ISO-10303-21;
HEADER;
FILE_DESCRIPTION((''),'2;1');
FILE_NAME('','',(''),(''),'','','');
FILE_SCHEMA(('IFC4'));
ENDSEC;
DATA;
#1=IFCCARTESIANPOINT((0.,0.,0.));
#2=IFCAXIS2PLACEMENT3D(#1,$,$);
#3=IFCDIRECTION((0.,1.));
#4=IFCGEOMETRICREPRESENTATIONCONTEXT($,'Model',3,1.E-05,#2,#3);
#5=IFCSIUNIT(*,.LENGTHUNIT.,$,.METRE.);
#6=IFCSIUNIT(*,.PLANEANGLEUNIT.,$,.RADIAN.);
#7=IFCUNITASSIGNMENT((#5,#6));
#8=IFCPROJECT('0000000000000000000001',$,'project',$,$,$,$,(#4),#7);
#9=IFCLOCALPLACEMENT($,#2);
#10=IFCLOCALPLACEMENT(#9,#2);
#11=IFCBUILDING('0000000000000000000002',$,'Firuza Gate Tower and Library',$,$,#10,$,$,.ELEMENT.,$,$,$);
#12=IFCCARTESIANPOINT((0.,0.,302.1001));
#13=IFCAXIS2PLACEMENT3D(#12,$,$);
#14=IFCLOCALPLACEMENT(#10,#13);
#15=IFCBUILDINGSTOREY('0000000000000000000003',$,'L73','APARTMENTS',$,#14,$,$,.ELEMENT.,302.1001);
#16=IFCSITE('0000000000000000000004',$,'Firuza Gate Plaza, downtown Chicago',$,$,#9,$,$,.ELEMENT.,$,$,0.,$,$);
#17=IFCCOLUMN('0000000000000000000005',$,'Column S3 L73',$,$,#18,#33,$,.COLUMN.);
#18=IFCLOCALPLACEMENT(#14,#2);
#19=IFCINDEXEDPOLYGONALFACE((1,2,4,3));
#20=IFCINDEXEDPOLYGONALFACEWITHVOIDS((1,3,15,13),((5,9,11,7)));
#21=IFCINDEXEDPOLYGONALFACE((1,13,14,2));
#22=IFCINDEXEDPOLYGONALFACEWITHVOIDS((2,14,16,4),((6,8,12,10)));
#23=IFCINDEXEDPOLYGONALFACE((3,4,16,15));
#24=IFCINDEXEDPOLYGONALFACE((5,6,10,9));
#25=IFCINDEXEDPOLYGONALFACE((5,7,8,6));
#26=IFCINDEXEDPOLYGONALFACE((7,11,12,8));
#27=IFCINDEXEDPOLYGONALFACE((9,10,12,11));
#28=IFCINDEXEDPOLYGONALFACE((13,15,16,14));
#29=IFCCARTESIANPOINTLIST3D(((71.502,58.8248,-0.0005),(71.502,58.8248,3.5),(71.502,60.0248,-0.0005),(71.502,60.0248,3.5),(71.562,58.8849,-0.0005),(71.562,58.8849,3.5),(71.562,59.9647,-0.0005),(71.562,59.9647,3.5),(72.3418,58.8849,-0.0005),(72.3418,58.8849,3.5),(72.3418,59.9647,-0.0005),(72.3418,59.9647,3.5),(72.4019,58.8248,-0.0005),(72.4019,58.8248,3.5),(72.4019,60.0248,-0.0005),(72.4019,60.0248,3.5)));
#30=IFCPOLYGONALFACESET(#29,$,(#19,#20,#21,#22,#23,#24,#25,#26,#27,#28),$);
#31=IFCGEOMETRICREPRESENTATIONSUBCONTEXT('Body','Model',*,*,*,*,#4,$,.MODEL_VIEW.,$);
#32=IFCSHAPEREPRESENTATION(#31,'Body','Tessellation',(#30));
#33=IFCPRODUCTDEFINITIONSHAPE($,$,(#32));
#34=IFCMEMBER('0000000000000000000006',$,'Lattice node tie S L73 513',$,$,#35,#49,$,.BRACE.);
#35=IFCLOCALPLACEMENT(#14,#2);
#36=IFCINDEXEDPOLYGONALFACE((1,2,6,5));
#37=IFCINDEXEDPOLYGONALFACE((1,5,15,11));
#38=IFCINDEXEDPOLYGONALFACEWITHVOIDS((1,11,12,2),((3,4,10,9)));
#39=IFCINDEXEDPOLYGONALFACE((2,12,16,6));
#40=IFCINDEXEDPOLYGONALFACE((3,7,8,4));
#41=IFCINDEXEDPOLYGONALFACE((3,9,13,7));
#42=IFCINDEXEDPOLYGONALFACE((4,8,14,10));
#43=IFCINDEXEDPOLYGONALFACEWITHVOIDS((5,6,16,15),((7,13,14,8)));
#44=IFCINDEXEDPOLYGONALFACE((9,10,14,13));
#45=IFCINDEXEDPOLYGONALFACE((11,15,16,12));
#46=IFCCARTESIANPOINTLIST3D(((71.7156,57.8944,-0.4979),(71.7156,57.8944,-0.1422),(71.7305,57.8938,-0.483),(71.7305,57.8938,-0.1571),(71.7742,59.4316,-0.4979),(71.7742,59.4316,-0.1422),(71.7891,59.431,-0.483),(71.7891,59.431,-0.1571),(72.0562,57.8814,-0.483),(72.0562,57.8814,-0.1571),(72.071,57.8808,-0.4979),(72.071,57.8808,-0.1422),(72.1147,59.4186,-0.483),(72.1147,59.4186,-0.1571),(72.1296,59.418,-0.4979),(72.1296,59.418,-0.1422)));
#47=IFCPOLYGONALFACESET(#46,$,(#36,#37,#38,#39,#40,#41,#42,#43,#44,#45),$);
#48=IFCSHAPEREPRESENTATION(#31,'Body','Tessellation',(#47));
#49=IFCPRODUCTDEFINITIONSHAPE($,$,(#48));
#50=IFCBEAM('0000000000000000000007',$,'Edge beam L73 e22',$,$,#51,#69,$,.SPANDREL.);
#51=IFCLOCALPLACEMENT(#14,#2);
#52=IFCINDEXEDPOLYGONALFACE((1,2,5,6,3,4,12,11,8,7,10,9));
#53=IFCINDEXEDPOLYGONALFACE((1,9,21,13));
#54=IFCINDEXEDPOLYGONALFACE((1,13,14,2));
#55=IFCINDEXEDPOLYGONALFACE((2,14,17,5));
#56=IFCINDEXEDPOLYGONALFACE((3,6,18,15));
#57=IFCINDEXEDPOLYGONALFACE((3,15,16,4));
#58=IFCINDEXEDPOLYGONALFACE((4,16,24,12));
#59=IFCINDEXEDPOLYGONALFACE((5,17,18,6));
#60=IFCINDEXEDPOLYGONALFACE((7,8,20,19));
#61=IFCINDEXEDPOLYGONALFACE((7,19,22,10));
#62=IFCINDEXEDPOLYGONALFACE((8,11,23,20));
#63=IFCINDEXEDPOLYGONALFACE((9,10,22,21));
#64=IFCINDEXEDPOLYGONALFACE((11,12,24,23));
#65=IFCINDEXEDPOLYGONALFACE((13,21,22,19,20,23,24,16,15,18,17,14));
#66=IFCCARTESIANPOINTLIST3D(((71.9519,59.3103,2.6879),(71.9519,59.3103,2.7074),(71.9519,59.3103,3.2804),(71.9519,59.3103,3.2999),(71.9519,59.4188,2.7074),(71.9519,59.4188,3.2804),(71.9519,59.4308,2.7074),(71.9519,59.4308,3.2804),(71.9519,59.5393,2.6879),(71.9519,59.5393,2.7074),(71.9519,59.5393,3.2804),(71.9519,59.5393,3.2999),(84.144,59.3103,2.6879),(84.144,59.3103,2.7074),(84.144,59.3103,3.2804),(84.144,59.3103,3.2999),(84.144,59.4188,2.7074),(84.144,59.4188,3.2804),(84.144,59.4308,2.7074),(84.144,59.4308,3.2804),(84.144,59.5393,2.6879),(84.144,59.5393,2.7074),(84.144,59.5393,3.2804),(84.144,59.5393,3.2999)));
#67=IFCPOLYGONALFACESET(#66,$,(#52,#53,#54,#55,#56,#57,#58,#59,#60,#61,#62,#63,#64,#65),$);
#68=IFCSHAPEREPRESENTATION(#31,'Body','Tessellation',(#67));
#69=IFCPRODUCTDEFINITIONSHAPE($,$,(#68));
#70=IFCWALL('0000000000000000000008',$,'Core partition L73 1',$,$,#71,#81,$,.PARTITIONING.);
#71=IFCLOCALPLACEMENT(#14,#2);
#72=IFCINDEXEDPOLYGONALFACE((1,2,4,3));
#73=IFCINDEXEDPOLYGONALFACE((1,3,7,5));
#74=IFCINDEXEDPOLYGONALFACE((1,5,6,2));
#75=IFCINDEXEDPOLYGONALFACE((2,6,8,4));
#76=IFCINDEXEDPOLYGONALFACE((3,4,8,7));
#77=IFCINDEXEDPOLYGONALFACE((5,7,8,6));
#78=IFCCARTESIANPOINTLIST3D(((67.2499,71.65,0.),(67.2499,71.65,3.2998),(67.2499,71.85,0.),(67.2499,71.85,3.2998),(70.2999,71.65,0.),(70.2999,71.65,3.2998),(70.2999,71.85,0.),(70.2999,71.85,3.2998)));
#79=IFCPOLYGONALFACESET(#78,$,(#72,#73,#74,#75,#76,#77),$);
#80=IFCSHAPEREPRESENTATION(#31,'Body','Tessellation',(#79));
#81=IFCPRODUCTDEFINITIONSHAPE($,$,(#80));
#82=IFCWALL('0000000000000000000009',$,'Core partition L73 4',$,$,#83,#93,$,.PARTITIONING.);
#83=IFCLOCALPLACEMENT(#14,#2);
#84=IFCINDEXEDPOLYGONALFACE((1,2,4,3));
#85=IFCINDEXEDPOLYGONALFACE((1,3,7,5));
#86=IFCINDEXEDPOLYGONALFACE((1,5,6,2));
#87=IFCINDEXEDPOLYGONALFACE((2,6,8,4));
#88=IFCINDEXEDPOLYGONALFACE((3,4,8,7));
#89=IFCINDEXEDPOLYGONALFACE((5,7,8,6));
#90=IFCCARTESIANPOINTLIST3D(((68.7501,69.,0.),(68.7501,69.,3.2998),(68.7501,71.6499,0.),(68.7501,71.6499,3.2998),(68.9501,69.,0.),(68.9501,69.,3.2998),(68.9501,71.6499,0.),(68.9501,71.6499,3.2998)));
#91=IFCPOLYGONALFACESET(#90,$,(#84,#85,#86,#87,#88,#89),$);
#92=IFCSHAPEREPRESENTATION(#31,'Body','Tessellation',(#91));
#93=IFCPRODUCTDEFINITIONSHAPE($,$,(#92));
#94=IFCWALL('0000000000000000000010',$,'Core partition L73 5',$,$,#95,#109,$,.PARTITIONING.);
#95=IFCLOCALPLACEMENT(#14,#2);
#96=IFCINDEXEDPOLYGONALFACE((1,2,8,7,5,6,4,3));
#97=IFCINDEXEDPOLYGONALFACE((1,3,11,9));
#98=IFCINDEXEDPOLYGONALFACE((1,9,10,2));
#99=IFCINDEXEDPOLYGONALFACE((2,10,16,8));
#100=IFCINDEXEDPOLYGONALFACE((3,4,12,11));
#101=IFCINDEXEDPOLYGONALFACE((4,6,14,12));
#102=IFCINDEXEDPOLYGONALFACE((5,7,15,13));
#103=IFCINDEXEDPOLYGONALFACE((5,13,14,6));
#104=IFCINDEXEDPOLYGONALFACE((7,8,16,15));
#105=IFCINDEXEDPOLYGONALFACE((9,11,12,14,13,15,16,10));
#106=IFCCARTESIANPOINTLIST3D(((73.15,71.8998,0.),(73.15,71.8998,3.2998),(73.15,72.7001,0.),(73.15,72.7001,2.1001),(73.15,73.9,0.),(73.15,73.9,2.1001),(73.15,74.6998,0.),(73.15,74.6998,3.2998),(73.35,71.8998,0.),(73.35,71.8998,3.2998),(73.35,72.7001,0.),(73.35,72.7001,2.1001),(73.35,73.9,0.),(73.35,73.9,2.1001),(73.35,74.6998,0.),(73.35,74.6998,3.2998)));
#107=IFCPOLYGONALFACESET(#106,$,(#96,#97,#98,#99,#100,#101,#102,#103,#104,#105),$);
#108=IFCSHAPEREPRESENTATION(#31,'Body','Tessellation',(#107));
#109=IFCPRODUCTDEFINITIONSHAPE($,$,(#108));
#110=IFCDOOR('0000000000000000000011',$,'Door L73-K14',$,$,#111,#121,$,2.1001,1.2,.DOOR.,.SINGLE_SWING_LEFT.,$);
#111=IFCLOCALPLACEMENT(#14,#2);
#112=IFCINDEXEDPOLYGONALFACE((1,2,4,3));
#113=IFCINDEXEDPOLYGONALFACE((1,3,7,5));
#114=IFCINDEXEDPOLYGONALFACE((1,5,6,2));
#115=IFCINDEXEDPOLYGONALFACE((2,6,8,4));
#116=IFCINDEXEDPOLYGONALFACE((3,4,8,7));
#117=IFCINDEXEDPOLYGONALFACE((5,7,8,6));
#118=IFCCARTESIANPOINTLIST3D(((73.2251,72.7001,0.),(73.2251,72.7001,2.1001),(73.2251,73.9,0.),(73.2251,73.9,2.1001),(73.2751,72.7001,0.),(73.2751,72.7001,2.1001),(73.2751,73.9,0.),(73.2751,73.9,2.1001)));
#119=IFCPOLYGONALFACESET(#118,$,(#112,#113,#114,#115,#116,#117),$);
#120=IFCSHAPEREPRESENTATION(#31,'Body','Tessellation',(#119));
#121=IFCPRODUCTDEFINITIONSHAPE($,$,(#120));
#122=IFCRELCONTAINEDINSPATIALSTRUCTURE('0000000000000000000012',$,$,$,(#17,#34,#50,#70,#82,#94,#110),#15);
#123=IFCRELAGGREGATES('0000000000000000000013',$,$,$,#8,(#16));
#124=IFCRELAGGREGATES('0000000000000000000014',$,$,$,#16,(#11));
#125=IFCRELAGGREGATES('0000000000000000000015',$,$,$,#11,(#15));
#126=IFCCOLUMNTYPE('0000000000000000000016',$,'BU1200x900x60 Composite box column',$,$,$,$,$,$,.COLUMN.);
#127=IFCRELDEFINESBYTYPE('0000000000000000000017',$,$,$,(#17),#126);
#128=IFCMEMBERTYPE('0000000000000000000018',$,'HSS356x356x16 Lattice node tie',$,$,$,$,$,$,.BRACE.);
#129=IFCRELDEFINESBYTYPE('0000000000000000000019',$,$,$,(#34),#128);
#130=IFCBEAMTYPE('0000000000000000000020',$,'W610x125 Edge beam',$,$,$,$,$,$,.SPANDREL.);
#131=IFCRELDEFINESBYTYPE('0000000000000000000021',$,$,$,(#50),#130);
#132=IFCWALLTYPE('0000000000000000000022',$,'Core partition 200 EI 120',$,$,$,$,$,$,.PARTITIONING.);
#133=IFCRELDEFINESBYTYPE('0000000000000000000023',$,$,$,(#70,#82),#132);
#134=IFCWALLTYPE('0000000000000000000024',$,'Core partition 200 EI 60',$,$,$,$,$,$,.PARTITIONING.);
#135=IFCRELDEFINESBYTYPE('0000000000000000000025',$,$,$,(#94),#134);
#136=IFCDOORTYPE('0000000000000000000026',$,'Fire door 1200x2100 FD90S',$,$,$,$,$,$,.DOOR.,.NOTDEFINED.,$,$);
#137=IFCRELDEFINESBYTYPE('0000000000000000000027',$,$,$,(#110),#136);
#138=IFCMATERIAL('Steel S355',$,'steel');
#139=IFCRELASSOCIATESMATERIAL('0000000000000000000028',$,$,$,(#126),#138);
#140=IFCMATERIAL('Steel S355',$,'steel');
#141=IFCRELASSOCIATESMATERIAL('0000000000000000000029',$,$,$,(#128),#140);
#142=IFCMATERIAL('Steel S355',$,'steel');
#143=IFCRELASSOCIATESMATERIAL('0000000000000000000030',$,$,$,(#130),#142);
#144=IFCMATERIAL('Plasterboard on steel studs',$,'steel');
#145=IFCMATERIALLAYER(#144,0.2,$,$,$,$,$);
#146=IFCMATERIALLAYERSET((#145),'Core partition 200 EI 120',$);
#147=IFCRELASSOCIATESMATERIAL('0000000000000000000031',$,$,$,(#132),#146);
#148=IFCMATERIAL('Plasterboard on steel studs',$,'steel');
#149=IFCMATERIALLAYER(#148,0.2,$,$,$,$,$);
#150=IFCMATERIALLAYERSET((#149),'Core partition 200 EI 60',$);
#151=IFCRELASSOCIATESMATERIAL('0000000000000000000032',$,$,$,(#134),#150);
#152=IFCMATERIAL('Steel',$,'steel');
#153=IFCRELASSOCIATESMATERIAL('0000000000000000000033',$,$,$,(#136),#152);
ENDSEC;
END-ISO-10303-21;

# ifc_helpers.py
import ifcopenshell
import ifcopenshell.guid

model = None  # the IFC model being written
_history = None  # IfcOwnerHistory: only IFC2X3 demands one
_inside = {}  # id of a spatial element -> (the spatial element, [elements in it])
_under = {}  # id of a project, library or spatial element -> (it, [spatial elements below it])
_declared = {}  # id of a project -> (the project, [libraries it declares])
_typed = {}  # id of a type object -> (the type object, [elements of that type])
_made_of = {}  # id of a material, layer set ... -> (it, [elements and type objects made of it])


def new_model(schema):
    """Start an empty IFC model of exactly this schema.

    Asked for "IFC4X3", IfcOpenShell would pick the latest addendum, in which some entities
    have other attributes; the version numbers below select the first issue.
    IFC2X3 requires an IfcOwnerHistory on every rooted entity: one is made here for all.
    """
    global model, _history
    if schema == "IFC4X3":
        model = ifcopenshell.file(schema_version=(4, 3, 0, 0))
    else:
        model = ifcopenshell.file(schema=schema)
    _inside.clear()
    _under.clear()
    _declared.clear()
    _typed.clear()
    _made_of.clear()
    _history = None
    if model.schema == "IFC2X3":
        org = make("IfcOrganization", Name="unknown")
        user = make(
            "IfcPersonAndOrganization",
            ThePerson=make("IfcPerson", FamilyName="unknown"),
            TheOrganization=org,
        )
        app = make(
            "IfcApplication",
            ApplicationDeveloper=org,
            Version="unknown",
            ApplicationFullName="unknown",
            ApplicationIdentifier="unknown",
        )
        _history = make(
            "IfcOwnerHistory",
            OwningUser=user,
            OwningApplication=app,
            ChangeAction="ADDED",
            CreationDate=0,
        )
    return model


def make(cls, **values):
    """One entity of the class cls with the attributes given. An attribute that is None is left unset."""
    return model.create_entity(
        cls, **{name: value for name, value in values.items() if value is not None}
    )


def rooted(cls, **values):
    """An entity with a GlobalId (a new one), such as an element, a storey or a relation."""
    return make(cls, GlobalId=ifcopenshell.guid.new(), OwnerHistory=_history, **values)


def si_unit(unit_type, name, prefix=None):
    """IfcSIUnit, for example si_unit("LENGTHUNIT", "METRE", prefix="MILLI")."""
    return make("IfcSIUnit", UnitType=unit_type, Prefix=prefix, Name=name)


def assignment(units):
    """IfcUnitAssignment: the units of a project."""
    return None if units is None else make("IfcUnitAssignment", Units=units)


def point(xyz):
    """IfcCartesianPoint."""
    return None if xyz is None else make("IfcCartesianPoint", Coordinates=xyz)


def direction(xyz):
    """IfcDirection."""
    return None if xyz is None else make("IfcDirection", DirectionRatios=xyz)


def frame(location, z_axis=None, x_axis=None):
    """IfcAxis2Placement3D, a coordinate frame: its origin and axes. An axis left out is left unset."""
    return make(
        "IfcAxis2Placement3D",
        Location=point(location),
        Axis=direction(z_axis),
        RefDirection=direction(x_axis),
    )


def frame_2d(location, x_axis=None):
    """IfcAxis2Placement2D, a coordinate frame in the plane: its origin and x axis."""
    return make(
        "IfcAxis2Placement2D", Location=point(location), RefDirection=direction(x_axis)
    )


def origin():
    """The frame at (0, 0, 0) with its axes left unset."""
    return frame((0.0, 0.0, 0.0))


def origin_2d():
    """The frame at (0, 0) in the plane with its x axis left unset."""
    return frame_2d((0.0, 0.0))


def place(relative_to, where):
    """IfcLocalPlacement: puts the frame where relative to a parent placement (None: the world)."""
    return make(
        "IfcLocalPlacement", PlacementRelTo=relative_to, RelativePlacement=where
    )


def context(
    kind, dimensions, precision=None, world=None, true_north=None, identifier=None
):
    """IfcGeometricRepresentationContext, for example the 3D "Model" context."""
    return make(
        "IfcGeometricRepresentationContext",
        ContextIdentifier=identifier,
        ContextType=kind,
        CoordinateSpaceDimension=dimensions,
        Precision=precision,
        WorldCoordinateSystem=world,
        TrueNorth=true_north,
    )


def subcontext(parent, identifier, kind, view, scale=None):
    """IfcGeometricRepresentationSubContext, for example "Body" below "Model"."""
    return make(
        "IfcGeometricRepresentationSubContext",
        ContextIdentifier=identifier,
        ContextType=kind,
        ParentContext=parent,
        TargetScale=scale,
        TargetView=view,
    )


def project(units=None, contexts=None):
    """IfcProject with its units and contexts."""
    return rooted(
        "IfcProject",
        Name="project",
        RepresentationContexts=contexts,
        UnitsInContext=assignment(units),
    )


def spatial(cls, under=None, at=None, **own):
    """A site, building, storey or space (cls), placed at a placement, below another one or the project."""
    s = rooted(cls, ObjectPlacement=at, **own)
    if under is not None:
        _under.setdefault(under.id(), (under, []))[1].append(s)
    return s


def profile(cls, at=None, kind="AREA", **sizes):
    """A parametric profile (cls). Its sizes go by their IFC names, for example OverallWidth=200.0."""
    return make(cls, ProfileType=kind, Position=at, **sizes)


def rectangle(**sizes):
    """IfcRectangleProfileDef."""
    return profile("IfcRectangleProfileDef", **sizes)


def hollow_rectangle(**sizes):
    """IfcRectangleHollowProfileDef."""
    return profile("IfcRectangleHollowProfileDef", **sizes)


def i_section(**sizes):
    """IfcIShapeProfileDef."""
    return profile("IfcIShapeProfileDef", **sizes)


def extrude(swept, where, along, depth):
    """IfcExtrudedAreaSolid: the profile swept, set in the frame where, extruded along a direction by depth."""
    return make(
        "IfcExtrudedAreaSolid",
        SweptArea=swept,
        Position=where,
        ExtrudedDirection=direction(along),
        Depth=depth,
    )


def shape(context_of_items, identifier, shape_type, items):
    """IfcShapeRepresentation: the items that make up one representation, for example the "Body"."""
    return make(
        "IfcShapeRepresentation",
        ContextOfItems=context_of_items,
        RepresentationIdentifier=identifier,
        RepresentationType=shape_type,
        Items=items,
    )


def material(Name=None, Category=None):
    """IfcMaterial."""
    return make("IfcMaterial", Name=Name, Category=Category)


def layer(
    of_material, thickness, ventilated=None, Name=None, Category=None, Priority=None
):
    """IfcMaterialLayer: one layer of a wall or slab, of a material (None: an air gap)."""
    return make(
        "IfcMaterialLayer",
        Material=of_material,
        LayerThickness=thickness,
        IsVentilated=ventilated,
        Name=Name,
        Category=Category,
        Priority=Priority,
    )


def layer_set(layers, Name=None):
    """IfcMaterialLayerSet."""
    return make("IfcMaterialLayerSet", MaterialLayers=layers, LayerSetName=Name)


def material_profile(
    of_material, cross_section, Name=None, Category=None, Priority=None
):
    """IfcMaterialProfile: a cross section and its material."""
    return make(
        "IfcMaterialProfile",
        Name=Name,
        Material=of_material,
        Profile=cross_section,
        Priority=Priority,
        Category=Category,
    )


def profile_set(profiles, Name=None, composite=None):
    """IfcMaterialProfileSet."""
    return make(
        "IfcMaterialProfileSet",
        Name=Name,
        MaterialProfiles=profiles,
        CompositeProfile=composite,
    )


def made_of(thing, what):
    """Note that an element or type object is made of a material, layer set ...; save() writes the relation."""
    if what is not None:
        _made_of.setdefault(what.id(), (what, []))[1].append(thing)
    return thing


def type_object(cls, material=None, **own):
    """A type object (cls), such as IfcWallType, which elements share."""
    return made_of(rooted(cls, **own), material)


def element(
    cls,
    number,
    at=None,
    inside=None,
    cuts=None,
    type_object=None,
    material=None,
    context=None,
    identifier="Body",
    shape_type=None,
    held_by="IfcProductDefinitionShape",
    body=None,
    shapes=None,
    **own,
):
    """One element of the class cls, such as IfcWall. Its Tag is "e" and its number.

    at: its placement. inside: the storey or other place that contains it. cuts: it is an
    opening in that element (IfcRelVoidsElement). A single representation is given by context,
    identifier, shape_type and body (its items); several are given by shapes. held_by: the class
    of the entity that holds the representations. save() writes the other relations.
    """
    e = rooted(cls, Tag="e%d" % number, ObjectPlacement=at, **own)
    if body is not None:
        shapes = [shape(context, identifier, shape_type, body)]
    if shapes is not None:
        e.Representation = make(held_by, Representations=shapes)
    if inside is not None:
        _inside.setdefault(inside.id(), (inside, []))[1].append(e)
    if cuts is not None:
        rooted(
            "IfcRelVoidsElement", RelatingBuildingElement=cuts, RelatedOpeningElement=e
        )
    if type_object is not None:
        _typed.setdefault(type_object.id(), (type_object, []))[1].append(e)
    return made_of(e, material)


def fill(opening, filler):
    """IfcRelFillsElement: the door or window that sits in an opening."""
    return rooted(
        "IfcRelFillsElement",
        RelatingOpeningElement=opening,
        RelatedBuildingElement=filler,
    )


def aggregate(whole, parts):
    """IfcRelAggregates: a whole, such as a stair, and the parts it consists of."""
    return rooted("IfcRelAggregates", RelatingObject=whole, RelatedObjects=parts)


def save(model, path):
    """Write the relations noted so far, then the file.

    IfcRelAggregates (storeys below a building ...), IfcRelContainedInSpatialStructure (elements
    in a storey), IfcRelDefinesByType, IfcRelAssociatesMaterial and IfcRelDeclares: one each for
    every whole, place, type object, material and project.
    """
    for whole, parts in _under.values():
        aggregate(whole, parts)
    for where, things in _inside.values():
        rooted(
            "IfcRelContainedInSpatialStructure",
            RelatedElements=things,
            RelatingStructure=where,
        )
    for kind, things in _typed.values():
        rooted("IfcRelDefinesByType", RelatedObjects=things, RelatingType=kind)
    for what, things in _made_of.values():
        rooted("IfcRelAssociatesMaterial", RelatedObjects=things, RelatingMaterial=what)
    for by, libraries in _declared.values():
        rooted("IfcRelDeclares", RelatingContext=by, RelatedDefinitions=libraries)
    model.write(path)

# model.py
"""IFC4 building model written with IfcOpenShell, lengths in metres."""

from ifc_helpers import new_model, si_unit, direction, frame, frame_2d, origin, origin_2d, place, context, subcontext, project, spatial, rectangle, hollow_rectangle, i_section, extrude, material, layer, layer_set, material_profile, profile_set, type_object, element, fill, save


model = new_model("IFC4")

# Units and contexts
model_context = context("Model", 3, precision=1e-05, world=origin(), true_north=direction((0.0, 1.0)))
body_context = subcontext(model_context, "Body", "Model", "MODEL_VIEW")
ifc_project = project(units=[si_unit("LENGTHUNIT", "METRE"), si_unit("PLANEANGLEUNIT", "RADIAN")], contexts=[model_context])

# Site, building, storey
site_placement = place(None, origin())
site = spatial("IfcSite", under=ifc_project, at=site_placement, Name="Firuza Gate Plaza, downtown Chicago", CompositionType="ELEMENT", RefElevation=0.0)
building_placement = place(site_placement, origin())
building = spatial("IfcBuilding", under=site, at=building_placement, Name="Firuza Gate Tower and Library", CompositionType="ELEMENT")
storey_placement = place(building_placement, frame((0.0, 0.0, 302.1001)))
storey = spatial("IfcBuildingStorey", under=building, at=storey_placement, Name="L73", Description="APARTMENTS", CompositionType="ELEMENT", Elevation=302.1001)

# Column
ifc_material_1 = material(Name="Steel S355", Category="steel")
ifc_material_profile_1 = material_profile(ifc_material_1, hollow_rectangle(XDim=0.8999, YDim=1.2, WallThickness=0.0601, at=origin_2d()))
ifc_profile_set_1 = profile_set([ifc_material_profile_1], Name="Steel S355")
column_type = type_object("IfcColumnType", Name="BU1200x900x60 Composite box column", PredefinedType="COLUMN", material=ifc_profile_set_1)
column_placement = place(storey_placement, frame((71.9519, 59.4248, -0.0005), z_axis=(0.0, 0.0, 1.0), x_axis=(1.0, 0.0, 0.0)))
element("IfcColumn", 1, at=column_placement, inside=storey, type_object=column_type, Name="Column S3 L73", PredefinedType="COLUMN", context=body_context, shape_type="SweptSolid", body=[
    extrude(hollow_rectangle(XDim=0.8999, YDim=1.2, WallThickness=0.0601, at=origin_2d()), origin(), (0.0, 0.0, 1.0), 3.5005),
])

# Member
ifc_material_2 = material(Name="Steel S355", Category="steel")
ifc_material_profile_2 = material_profile(ifc_material_2, hollow_rectangle(XDim=0.3557, YDim=0.3557, WallThickness=0.0149, at=origin_2d()))
ifc_profile_set_2 = profile_set([ifc_material_profile_2], Name="Steel S355")
member_type = type_object("IfcMemberType", Name="HSS356x356x16 Lattice node tie", PredefinedType="BRACE", material=ifc_profile_set_2)
member_placement = place(storey_placement, frame((71.9519, 59.4248, -0.3201), z_axis=(-0.038092, -0.999274, 0.0), x_axis=(0.999274, -0.038092, 0.0)))
element("IfcMember", 2, at=member_placement, inside=storey, type_object=member_type, Name="Lattice node tie S L73 513", PredefinedType="BRACE", context=body_context, shape_type="SweptSolid", body=[
    extrude(hollow_rectangle(XDim=0.3557, YDim=0.3557, WallThickness=0.0149, at=origin_2d()), origin(), (0.0, 0.0, 1.0), 1.5383),
])

# Beam
ifc_material_3 = material(Name="Steel S355", Category="steel")
ifc_material_profile_3 = material_profile(ifc_material_3, i_section(OverallWidth=0.229, OverallDepth=0.6121, WebThickness=0.012, FlangeThickness=0.0195, at=origin_2d()))
ifc_profile_set_3 = profile_set([ifc_material_profile_3], Name="Steel S355")
beam_type = type_object("IfcBeamType", Name="W610x125 Edge beam", PredefinedType="SPANDREL", material=ifc_profile_set_3)
beam_placement = place(storey_placement, frame((71.9519, 59.4248, 2.9939), z_axis=(1.0, 0.0, 0.0), x_axis=(0.0, 1.0, 0.0)))
element("IfcBeam", 3, at=beam_placement, inside=storey, type_object=beam_type, Name="Edge beam L73 e22", PredefinedType="SPANDREL", context=body_context, shape_type="SweptSolid", body=[
    extrude(i_section(OverallWidth=0.229, OverallDepth=0.6121, WebThickness=0.012, FlangeThickness=0.0195, at=origin_2d()), origin(), (0.0, 0.0, 1.0), 12.1921),
])

# Walls
ifc_material_4 = material(Name="Plasterboard on steel studs", Category="steel")
ifc_layer_1 = layer(ifc_material_4, 0.2)
ifc_layer_set_1 = layer_set([ifc_layer_1], Name="Core partition 200 EI 120")
wall_type_1 = type_object("IfcWallType", Name="Core partition 200 EI 120", PredefinedType="PARTITIONING", material=ifc_layer_set_1)
wall_1_placement = place(storey_placement, frame((67.25, 71.75, 0.0), z_axis=(0.0, 0.0, 1.0), x_axis=(1.0, 0.0, 0.0)))
element("IfcWall", 4, at=wall_1_placement, inside=storey, type_object=wall_type_1, Name="Core partition L73 1", PredefinedType="PARTITIONING", context=body_context, shape_type="SweptSolid", body=[
    extrude(rectangle(XDim=3.05, YDim=0.2, at=frame_2d((1.5249, 0.0))), origin(), (0.0, 0.0, 1.0), 3.2998),
])
wall_2_placement = place(storey_placement, frame((68.8501, 69.0, 0.0), z_axis=(0.0, 0.0, 1.0), x_axis=(0.0, 1.0, 0.0)))
element("IfcWall", 5, at=wall_2_placement, inside=storey, type_object=wall_type_1, Name="Core partition L73 4", PredefinedType="PARTITIONING", context=body_context, shape_type="SweptSolid", body=[
    extrude(rectangle(XDim=2.6499, YDim=0.2, at=frame_2d((1.325, 0.0))), origin(), (0.0, 0.0, 1.0), 3.2998),
])

# Wall, opening, door
ifc_material_5 = material(Name="Plasterboard on steel studs", Category="steel")
ifc_layer_2 = layer(ifc_material_5, 0.2)
ifc_layer_set_2 = layer_set([ifc_layer_2], Name="Core partition 200 EI 60")
wall_type_2 = type_object("IfcWallType", Name="Core partition 200 EI 60", PredefinedType="PARTITIONING", material=ifc_layer_set_2)
wall_3_placement = place(storey_placement, frame((73.25, 71.8999, 0.0), z_axis=(0.0, 0.0, 1.0), x_axis=(0.0, 1.0, 0.0)))
wall_3 = element("IfcWall", 6, at=wall_3_placement, inside=storey, type_object=wall_type_2, Name="Core partition L73 5", PredefinedType="PARTITIONING", context=body_context, shape_type="SweptSolid", body=[
    extrude(rectangle(XDim=2.8, YDim=0.2, at=frame_2d((1.3999, 0.0))), origin(), (0.0, 0.0, 1.0), 3.2998),
])
opening_1_placement = place(wall_3_placement, frame((0.8, 0.0, 0.0)))
opening_1 = element("IfcOpeningElement", 7, at=opening_1_placement, cuts=wall_3, PredefinedType="OPENING", context=body_context, shape_type="SweptSolid", body=[
    extrude(rectangle(XDim=1.2, YDim=2.1001, at=frame_2d((0.6001, 1.05))), frame((0.0, 0.1099, 0.0), z_axis=(0.0, -1.0, 0.0), x_axis=(1.0, 0.0, 0.0)), (0.0, 0.0, 1.0), 0.22),
])
ifc_material_6 = material(Name="Steel", Category="steel")
door_type_1 = type_object("IfcDoorType", Name="Fire door 1200x2100 FD90S", OperationType="NOTDEFINED", PredefinedType="DOOR", material=ifc_material_6)
door_1_placement = place(opening_1_placement, origin())
door_1 = element("IfcDoor", 8, at=door_1_placement, inside=storey, type_object=door_type_1, Name="Door L73-K14", OperationType="SINGLE_SWING_LEFT", OverallHeight=2.1001, OverallWidth=1.2, PredefinedType="DOOR", context=body_context, shape_type="SweptSolid", body=[
    extrude(rectangle(XDim=1.2, YDim=2.1001, at=frame_2d((0.6001, 1.05))), frame((0.0, 0.0249, 0.0), z_axis=(0.0, -1.0, 0.0), x_axis=(1.0, 0.0, 0.0)), (0.0, 0.0, 1.0), 0.05),
])
fill(opening_1, door_1)

save(model, "model.ifc")
